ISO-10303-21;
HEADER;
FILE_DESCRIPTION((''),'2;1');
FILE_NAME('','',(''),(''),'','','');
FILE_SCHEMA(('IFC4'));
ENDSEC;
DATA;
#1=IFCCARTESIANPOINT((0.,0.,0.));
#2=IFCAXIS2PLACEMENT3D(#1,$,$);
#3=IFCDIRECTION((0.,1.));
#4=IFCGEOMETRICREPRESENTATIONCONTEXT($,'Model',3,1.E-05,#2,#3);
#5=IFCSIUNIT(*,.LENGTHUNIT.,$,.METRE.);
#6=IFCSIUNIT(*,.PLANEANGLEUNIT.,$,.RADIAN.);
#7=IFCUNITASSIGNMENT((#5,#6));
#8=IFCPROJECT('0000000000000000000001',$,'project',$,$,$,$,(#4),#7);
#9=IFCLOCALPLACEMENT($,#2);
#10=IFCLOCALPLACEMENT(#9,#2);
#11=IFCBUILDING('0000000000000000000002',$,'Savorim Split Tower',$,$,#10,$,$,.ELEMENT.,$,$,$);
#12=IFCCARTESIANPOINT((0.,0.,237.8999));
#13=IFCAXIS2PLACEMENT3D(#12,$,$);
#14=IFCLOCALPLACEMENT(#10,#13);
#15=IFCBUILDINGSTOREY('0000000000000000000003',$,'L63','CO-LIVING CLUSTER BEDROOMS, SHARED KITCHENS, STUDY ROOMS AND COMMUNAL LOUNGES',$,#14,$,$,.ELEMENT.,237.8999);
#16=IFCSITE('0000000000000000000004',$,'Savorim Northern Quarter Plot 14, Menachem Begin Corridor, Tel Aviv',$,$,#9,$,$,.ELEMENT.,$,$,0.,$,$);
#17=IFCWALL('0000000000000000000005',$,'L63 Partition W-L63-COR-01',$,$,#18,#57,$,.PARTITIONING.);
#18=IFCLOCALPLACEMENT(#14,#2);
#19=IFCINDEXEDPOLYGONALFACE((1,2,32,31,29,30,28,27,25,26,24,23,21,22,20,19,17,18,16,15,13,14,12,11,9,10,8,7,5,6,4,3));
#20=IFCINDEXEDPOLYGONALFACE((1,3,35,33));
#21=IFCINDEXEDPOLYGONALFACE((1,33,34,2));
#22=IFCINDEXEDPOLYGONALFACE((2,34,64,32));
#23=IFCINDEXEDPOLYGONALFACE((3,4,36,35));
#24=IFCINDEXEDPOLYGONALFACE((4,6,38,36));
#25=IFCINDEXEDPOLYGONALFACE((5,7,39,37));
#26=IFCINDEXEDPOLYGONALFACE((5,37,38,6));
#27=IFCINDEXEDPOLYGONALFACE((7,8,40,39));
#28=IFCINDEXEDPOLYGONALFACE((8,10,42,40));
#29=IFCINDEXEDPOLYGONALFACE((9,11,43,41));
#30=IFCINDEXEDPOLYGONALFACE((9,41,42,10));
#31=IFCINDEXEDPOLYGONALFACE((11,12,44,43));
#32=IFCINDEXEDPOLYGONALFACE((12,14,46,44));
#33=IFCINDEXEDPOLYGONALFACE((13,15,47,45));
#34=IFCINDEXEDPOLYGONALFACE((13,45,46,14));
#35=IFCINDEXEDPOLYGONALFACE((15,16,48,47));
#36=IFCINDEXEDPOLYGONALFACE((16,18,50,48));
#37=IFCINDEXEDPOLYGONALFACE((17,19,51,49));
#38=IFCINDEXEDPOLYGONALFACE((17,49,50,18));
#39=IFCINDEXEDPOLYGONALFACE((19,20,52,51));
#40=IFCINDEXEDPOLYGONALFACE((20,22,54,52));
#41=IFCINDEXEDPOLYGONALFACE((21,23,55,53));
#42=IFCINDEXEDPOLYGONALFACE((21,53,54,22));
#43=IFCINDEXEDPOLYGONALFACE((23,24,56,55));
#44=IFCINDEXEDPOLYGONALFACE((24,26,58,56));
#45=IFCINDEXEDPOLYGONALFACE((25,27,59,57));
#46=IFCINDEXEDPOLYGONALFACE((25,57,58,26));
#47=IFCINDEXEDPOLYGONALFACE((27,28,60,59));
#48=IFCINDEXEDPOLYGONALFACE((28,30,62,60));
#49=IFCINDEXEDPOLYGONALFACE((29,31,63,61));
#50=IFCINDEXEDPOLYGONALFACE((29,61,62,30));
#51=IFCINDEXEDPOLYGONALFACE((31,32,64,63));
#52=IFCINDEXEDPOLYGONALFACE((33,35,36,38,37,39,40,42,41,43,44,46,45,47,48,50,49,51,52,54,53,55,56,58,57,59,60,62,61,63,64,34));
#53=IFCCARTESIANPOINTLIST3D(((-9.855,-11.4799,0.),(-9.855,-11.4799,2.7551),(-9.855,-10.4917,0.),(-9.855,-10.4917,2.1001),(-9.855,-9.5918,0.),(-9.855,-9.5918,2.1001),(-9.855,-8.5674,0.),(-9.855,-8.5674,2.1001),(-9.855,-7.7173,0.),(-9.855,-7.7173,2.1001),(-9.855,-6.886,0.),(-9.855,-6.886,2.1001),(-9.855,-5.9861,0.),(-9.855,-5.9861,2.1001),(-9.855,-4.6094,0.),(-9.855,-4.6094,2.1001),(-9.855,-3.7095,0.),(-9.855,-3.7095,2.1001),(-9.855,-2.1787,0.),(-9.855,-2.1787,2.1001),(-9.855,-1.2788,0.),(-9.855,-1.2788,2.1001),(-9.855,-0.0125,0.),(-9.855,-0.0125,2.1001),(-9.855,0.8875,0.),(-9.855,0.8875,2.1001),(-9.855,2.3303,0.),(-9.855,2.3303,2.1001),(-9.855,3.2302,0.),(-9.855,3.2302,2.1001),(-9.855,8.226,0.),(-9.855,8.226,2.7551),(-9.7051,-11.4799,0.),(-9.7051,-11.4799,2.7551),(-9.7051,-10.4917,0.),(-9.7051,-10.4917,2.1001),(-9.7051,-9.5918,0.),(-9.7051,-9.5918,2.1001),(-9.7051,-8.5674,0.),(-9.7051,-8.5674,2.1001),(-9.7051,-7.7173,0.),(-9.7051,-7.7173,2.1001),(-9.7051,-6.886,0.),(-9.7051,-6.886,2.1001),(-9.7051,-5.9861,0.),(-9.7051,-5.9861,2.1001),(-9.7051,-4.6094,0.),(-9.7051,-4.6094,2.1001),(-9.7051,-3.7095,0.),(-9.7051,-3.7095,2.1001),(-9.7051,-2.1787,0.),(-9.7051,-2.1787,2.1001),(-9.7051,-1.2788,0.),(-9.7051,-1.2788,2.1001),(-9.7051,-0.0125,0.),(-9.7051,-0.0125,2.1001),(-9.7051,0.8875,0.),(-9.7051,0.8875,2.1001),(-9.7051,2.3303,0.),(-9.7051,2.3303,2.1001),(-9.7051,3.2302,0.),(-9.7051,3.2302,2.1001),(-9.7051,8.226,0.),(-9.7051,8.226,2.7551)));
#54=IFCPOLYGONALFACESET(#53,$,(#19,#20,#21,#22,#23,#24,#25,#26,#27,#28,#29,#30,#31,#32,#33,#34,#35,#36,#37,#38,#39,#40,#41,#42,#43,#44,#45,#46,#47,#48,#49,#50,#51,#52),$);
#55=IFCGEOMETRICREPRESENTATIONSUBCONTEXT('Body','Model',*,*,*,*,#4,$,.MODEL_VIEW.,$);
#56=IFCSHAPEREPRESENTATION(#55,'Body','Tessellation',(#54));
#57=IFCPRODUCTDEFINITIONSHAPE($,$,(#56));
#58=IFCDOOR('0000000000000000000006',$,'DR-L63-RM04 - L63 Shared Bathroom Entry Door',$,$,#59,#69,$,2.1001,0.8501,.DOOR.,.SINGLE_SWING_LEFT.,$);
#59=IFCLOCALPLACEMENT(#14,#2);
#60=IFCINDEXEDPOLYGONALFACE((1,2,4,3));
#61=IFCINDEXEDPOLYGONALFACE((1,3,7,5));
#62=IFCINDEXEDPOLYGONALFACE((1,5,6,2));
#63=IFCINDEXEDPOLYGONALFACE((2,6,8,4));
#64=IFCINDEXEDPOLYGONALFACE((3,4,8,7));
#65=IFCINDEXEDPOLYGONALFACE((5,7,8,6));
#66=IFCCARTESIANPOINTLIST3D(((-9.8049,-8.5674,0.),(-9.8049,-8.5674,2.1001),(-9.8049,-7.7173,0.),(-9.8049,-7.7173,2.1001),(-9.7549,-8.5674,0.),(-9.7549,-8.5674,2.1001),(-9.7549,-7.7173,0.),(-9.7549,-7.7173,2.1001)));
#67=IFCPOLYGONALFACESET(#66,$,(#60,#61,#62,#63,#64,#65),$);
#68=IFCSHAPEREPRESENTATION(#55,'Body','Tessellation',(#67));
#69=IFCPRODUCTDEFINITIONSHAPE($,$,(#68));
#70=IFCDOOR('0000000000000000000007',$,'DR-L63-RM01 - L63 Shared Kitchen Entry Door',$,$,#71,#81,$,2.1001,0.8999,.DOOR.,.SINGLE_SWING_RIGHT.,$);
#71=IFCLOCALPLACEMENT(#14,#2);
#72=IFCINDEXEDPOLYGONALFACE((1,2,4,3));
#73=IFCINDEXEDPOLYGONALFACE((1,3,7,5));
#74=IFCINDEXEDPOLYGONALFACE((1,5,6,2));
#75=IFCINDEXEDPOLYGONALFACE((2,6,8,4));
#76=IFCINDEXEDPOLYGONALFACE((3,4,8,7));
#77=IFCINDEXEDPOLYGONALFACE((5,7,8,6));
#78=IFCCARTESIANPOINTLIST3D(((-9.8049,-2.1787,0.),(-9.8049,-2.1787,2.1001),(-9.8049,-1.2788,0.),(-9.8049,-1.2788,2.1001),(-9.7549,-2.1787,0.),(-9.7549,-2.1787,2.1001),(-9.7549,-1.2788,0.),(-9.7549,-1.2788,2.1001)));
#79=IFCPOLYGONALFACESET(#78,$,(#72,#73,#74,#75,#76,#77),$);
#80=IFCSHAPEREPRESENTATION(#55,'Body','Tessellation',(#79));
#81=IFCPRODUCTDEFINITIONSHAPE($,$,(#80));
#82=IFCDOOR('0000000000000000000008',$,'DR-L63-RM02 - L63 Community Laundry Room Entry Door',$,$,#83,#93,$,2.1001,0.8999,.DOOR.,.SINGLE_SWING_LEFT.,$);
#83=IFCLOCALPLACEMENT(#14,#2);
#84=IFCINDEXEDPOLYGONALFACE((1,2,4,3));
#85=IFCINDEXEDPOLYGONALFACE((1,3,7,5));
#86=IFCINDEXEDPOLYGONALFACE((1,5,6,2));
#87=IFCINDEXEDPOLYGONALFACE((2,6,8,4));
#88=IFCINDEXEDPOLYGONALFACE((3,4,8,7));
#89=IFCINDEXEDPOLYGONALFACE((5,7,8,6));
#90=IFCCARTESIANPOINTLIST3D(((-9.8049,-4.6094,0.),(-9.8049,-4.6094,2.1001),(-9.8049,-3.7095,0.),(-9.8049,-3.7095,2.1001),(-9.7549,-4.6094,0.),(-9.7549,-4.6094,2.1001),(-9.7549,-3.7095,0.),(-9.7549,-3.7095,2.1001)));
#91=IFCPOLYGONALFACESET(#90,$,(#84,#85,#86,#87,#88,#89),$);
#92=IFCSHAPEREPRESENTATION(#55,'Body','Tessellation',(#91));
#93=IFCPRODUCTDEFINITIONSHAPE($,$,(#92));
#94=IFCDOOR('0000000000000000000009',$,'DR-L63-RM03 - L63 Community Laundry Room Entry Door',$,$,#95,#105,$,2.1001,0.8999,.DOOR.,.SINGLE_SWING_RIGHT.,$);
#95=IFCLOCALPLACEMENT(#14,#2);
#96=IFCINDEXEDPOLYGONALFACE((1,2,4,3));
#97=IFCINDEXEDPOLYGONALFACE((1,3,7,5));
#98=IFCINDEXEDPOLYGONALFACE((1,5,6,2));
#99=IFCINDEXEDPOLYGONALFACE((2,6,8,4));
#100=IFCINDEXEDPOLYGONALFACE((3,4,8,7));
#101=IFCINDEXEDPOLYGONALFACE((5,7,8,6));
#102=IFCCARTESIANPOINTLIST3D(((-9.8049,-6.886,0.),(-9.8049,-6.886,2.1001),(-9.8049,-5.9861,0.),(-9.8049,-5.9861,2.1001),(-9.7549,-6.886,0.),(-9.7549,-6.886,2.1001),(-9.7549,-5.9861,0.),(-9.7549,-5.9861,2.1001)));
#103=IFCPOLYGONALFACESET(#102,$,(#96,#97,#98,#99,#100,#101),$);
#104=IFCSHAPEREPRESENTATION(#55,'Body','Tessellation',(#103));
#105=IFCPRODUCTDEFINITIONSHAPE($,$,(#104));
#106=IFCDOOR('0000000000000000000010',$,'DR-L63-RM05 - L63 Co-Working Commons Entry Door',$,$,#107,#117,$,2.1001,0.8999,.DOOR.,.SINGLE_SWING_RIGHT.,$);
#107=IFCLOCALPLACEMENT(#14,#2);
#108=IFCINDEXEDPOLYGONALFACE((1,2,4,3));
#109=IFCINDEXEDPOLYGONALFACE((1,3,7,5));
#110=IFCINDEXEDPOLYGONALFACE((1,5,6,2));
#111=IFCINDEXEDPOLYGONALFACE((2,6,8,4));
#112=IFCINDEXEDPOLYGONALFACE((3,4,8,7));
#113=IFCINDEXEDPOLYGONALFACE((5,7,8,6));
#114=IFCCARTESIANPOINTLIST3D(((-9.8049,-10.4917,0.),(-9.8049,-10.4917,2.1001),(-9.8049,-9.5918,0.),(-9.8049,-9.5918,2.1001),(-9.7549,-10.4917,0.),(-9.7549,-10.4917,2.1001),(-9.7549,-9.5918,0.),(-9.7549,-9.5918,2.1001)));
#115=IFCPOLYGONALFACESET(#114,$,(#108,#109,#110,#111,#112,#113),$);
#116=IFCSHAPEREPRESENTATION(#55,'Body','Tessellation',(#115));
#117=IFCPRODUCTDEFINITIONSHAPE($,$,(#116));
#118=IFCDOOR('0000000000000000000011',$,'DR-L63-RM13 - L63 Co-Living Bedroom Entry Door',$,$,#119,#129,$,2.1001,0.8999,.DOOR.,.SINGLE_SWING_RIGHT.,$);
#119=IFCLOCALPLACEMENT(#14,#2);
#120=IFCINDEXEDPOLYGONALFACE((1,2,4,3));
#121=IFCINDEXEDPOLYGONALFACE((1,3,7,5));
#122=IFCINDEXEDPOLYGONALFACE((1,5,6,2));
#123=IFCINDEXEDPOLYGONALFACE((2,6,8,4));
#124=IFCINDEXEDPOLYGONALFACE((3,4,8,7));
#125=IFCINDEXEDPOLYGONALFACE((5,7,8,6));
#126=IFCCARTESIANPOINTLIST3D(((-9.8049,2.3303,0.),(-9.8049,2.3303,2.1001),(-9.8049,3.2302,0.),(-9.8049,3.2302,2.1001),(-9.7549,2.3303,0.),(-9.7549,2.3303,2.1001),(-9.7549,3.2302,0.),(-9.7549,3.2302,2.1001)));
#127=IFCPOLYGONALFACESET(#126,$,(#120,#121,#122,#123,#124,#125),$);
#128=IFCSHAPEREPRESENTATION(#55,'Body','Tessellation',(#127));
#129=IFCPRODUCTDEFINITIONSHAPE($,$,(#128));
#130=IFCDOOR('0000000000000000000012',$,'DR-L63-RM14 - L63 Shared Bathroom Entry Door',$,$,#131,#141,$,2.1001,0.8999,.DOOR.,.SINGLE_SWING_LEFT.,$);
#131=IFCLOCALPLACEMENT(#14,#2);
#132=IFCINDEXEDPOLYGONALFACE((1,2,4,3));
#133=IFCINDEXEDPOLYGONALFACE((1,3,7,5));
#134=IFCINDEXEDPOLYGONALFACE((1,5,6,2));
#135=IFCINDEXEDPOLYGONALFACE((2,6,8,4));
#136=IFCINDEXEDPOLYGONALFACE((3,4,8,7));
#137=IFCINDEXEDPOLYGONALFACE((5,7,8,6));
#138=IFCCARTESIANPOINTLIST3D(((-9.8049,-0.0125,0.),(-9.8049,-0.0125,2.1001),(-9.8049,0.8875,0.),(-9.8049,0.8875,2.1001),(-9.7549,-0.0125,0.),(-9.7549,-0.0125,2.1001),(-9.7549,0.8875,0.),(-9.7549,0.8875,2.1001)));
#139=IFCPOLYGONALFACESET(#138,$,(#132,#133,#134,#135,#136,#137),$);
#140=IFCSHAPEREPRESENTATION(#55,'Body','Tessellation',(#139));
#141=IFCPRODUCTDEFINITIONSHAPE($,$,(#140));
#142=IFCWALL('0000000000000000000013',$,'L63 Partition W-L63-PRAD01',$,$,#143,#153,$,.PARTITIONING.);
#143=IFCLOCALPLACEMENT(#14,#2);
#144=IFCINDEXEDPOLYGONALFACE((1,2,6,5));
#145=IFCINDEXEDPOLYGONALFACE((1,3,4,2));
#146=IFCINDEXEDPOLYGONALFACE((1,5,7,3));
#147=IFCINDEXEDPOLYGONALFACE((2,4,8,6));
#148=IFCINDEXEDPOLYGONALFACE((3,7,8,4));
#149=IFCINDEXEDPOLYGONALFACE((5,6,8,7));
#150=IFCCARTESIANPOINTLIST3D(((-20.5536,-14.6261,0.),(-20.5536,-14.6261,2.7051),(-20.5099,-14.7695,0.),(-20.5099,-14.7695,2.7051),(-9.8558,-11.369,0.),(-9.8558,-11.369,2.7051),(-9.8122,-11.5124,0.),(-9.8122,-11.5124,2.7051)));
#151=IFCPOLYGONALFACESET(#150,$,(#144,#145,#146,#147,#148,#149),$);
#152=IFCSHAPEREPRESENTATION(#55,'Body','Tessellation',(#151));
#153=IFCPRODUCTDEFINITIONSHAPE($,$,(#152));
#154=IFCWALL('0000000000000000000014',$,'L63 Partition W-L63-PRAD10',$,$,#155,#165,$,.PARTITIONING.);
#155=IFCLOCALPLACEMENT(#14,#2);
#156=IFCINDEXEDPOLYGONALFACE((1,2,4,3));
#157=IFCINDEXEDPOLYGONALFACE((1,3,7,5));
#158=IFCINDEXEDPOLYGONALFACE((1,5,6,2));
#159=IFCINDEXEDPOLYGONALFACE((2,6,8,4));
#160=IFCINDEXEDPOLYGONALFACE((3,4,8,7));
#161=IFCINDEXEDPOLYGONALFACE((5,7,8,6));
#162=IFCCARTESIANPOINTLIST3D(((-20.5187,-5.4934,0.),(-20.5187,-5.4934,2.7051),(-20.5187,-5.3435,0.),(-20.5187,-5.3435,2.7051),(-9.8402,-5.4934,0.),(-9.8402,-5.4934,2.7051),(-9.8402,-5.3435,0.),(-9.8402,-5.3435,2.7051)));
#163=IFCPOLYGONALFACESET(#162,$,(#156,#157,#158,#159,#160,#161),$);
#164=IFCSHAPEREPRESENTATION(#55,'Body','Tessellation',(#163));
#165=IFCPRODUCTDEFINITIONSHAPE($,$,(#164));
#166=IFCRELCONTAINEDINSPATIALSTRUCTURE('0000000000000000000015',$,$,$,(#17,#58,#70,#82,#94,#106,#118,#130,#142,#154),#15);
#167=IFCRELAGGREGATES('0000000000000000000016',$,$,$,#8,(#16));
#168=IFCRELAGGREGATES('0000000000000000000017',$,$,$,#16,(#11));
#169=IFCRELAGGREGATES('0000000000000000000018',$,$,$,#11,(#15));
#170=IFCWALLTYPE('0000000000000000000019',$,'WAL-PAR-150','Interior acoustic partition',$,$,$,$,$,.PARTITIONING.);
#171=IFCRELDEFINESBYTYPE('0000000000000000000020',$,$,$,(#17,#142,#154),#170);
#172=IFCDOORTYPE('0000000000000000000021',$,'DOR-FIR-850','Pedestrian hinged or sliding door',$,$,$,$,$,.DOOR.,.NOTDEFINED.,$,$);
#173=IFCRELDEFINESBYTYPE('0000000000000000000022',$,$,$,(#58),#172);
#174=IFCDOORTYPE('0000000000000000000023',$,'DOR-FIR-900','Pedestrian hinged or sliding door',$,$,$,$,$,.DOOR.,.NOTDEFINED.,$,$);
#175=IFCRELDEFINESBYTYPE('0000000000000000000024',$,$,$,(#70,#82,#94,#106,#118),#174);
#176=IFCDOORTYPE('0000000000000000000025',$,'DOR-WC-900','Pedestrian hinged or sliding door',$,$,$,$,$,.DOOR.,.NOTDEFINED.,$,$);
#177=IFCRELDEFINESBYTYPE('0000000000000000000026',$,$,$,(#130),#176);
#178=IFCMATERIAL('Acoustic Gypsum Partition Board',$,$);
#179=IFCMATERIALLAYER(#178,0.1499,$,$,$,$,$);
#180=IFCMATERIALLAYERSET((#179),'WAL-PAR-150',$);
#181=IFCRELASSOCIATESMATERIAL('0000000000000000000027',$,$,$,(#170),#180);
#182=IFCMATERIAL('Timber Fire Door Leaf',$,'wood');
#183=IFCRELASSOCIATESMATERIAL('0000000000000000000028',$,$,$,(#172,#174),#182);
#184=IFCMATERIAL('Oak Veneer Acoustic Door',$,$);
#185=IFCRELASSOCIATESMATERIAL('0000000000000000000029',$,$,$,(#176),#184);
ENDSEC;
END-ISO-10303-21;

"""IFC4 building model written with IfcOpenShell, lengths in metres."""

from ifc_helpers import new_model, si_unit, direction, frame, frame_2d, origin, place, context, subcontext, project, spatial, rectangle, extrude, material, layer, layer_set, type_object, element, fill, save


model = new_model("IFC4")

# Units and contexts
model_context = context("Model", 3, precision=1e-05, world=origin(), true_north=direction((0.0, 1.0)))
body_context = subcontext(model_context, "Body", "Model", "MODEL_VIEW")
ifc_project = project(units=[si_unit("LENGTHUNIT", "METRE"), si_unit("PLANEANGLEUNIT", "RADIAN")], contexts=[model_context])

# Site, building, storey
site_placement = place(None, origin())
site = spatial("IfcSite", under=ifc_project, at=site_placement, Name="Savorim Northern Quarter Plot 14, Menachem Begin Corridor, Tel Aviv", CompositionType="ELEMENT", RefElevation=0.0)
building_placement = place(site_placement, origin())
building = spatial("IfcBuilding", under=site, at=building_placement, Name="Savorim Split Tower", CompositionType="ELEMENT")
storey_placement = place(building_placement, frame((0.0, 0.0, 237.8999)))
storey = spatial("IfcBuildingStorey", under=building, at=storey_placement, Name="L63", Description="CO-LIVING CLUSTER BEDROOMS, SHARED KITCHENS, STUDY ROOMS AND COMMUNAL LOUNGES", CompositionType="ELEMENT", Elevation=237.8999)

# Wall, openings, doors
ifc_material_1 = material(Name="Acoustic Gypsum Partition Board")
ifc_layer = layer(ifc_material_1, 0.1499)
ifc_layer_set = layer_set([ifc_layer], Name="WAL-PAR-150")
wall_type = type_object("IfcWallType", Name="WAL-PAR-150", Description="Interior acoustic partition", PredefinedType="PARTITIONING", material=ifc_layer_set)
wall_1_placement = place(storey_placement, frame((-9.78, -11.48, 0.0), z_axis=(0.0, 0.0, 1.0), x_axis=(0.0, 1.0, 0.0)))
wall_1 = element("IfcWall", 1, at=wall_1_placement, inside=storey, type_object=wall_type, Name="L63 Partition W-L63-COR-01", PredefinedType="PARTITIONING", context=body_context, shape_type="SweptSolid", body=[
    extrude(rectangle(XDim=19.7058, YDim=0.1499, at=frame_2d((9.853, 0.0))), origin(), (0.0, 0.0, 1.0), 2.7551),
])
opening_1_placement = place(wall_1_placement, frame((9.3013, 0.0, 0.0)))
opening_1 = element("IfcOpeningElement", 2, at=opening_1_placement, cuts=wall_1, PredefinedType="OPENING", context=body_context, shape_type="SweptSolid", body=[
    extrude(rectangle(XDim=0.8999, YDim=2.1001, at=frame_2d((0.45, 1.05))), frame((0.0, 0.085, 0.0), z_axis=(0.0, -1.0, 0.0), x_axis=(1.0, 0.0, 0.0)), (0.0, 0.0, 1.0), 0.1699),
])
opening_2_placement = place(wall_1_placement, frame((6.8706, 0.0, 0.0)))
opening_2 = element("IfcOpeningElement", 3, at=opening_2_placement, cuts=wall_1, PredefinedType="OPENING", context=body_context, shape_type="SweptSolid", body=[
    extrude(rectangle(XDim=0.8999, YDim=2.1001, at=frame_2d((0.45, 1.05))), frame((0.0, 0.085, 0.0), z_axis=(0.0, -1.0, 0.0), x_axis=(1.0, 0.0, 0.0)), (0.0, 0.0, 1.0), 0.1699),
])
opening_3_placement = place(wall_1_placement, frame((4.594, 0.0, 0.0)))
opening_3 = element("IfcOpeningElement", 4, at=opening_3_placement, cuts=wall_1, PredefinedType="OPENING", context=body_context, shape_type="SweptSolid", body=[
    extrude(rectangle(XDim=0.8999, YDim=2.1001, at=frame_2d((0.45, 1.05))), frame((0.0, 0.085, 0.0), z_axis=(0.0, -1.0, 0.0), x_axis=(1.0, 0.0, 0.0)), (0.0, 0.0, 1.0), 0.1699),
])
opening_4_placement = place(wall_1_placement, frame((2.9126, 0.0, 0.0)))
opening_4 = element("IfcOpeningElement", 5, at=opening_4_placement, cuts=wall_1, PredefinedType="OPENING", context=body_context, shape_type="SweptSolid", body=[
    extrude(rectangle(XDim=0.8501, YDim=2.1001, at=frame_2d((0.425, 1.05))), frame((0.0, 0.085, 0.0), z_axis=(0.0, -1.0, 0.0), x_axis=(1.0, 0.0, 0.0)), (0.0, 0.0, 1.0), 0.1699),
])
opening_5_placement = place(wall_1_placement, frame((0.9883, 0.0, 0.0)))
opening_5 = element("IfcOpeningElement", 6, at=opening_5_placement, cuts=wall_1, PredefinedType="OPENING", context=body_context, shape_type="SweptSolid", body=[
    extrude(rectangle(XDim=0.8999, YDim=2.1001, at=frame_2d((0.45, 1.05))), frame((0.0, 0.085, 0.0), z_axis=(0.0, -1.0, 0.0), x_axis=(1.0, 0.0, 0.0)), (0.0, 0.0, 1.0), 0.1699),
])
opening_6_placement = place(wall_1_placement, frame((13.8103, 0.0, 0.0)))
opening_6 = element("IfcOpeningElement", 7, at=opening_6_placement, cuts=wall_1, PredefinedType="OPENING", context=body_context, shape_type="SweptSolid", body=[
    extrude(rectangle(XDim=0.8999, YDim=2.1001, at=frame_2d((0.45, 1.05))), frame((0.0, 0.085, 0.0), z_axis=(0.0, -1.0, 0.0), x_axis=(1.0, 0.0, 0.0)), (0.0, 0.0, 1.0), 0.1699),
])
opening_7_placement = place(wall_1_placement, frame((11.4675, 0.0, 0.0)))
opening_7 = element("IfcOpeningElement", 8, at=opening_7_placement, cuts=wall_1, PredefinedType="OPENING", context=body_context, shape_type="SweptSolid", body=[
    extrude(rectangle(XDim=0.8999, YDim=2.1001, at=frame_2d((0.45, 1.05))), frame((0.0, 0.085, 0.0), z_axis=(0.0, -1.0, 0.0), x_axis=(1.0, 0.0, 0.0)), (0.0, 0.0, 1.0), 0.1699),
])
ifc_material_2 = material(Name="Timber Fire Door Leaf", Category="wood")
door_type_1 = type_object("IfcDoorType", Name="DOR-FIR-850", Description="Pedestrian hinged or sliding door", OperationType="NOTDEFINED", PredefinedType="DOOR", material=ifc_material_2)
door_1_placement = place(opening_4_placement, origin())
door_1 = element("IfcDoor", 9, at=door_1_placement, inside=storey, type_object=door_type_1, Name="DR-L63-RM04 - L63 Shared Bathroom Entry Door", OperationType="SINGLE_SWING_LEFT", OverallHeight=2.1001, OverallWidth=0.8501, PredefinedType="DOOR", context=body_context, shape_type="SweptSolid", body=[
    extrude(rectangle(XDim=0.8501, YDim=2.1001, at=frame_2d((0.425, 1.05))), frame((0.0, 0.0249, 0.0), z_axis=(0.0, -1.0, 0.0), x_axis=(1.0, 0.0, 0.0)), (0.0, 0.0, 1.0), 0.05),
])
fill(opening_4, door_1)
door_type_2 = type_object("IfcDoorType", Name="DOR-FIR-900", Description="Pedestrian hinged or sliding door", OperationType="NOTDEFINED", PredefinedType="DOOR", material=ifc_material_2)
door_2_placement = place(opening_1_placement, origin())
door_2 = element("IfcDoor", 10, at=door_2_placement, inside=storey, type_object=door_type_2, Name="DR-L63-RM01 - L63 Shared Kitchen Entry Door", OperationType="SINGLE_SWING_RIGHT", OverallHeight=2.1001, OverallWidth=0.8999, PredefinedType="DOOR", context=body_context, shape_type="SweptSolid", body=[
    extrude(rectangle(XDim=0.8999, YDim=2.1001, at=frame_2d((0.45, 1.05))), frame((0.0, 0.0249, 0.0), z_axis=(0.0, -1.0, 0.0), x_axis=(1.0, 0.0, 0.0)), (0.0, 0.0, 1.0), 0.05),
])
fill(opening_1, door_2)
door_3_placement = place(opening_2_placement, origin())
door_3 = element("IfcDoor", 11, at=door_3_placement, inside=storey, type_object=door_type_2, Name="DR-L63-RM02 - L63 Community Laundry Room Entry Door", OperationType="SINGLE_SWING_LEFT", OverallHeight=2.1001, OverallWidth=0.8999, PredefinedType="DOOR", context=body_context, shape_type="SweptSolid", body=[
    extrude(rectangle(XDim=0.8999, YDim=2.1001, at=frame_2d((0.45, 1.05))), frame((0.0, 0.0249, 0.0), z_axis=(0.0, -1.0, 0.0), x_axis=(1.0, 0.0, 0.0)), (0.0, 0.0, 1.0), 0.05),
])
fill(opening_2, door_3)
door_4_placement = place(opening_3_placement, origin())
door_4 = element("IfcDoor", 12, at=door_4_placement, inside=storey, type_object=door_type_2, Name="DR-L63-RM03 - L63 Community Laundry Room Entry Door", OperationType="SINGLE_SWING_RIGHT", OverallHeight=2.1001, OverallWidth=0.8999, PredefinedType="DOOR", context=body_context, shape_type="SweptSolid", body=[
    extrude(rectangle(XDim=0.8999, YDim=2.1001, at=frame_2d((0.45, 1.05))), frame((0.0, 0.0249, 0.0), z_axis=(0.0, -1.0, 0.0), x_axis=(1.0, 0.0, 0.0)), (0.0, 0.0, 1.0), 0.05),
])
fill(opening_3, door_4)
door_5_placement = place(opening_5_placement, origin())
door_5 = element("IfcDoor", 13, at=door_5_placement, inside=storey, type_object=door_type_2, Name="DR-L63-RM05 - L63 Co-Working Commons Entry Door", OperationType="SINGLE_SWING_RIGHT", OverallHeight=2.1001, OverallWidth=0.8999, PredefinedType="DOOR", context=body_context, shape_type="SweptSolid", body=[
    extrude(rectangle(XDim=0.8999, YDim=2.1001, at=frame_2d((0.45, 1.05))), frame((0.0, 0.0249, 0.0), z_axis=(0.0, -1.0, 0.0), x_axis=(1.0, 0.0, 0.0)), (0.0, 0.0, 1.0), 0.05),
])
fill(opening_5, door_5)
door_6_placement = place(opening_6_placement, origin())
door_6 = element("IfcDoor", 14, at=door_6_placement, inside=storey, type_object=door_type_2, Name="DR-L63-RM13 - L63 Co-Living Bedroom Entry Door", OperationType="SINGLE_SWING_RIGHT", OverallHeight=2.1001, OverallWidth=0.8999, PredefinedType="DOOR", context=body_context, shape_type="SweptSolid", body=[
    extrude(rectangle(XDim=0.8999, YDim=2.1001, at=frame_2d((0.45, 1.05))), frame((0.0, 0.0249, 0.0), z_axis=(0.0, -1.0, 0.0), x_axis=(1.0, 0.0, 0.0)), (0.0, 0.0, 1.0), 0.05),
])
fill(opening_6, door_6)
ifc_material_3 = material(Name="Oak Veneer Acoustic Door")
door_type_3 = type_object("IfcDoorType", Name="DOR-WC-900", Description="Pedestrian hinged or sliding door", OperationType="NOTDEFINED", PredefinedType="DOOR", material=ifc_material_3)
door_7_placement = place(opening_7_placement, origin())
door_7 = element("IfcDoor", 15, at=door_7_placement, inside=storey, type_object=door_type_3, Name="DR-L63-RM14 - L63 Shared Bathroom Entry Door", OperationType="SINGLE_SWING_LEFT", OverallHeight=2.1001, OverallWidth=0.8999, PredefinedType="DOOR", context=body_context, shape_type="SweptSolid", body=[
    extrude(rectangle(XDim=0.8999, YDim=2.1001, at=frame_2d((0.45, 1.05))), frame((0.0, 0.0249, 0.0), z_axis=(0.0, -1.0, 0.0), x_axis=(1.0, 0.0, 0.0)), (0.0, 0.0, 1.0), 0.05),
])
fill(opening_7, door_7)

# Walls
wall_2_placement = place(storey_placement, frame((-9.834, -11.4407, 0.0), z_axis=(0.0, 0.0, 1.0), x_axis=(-0.956643, -0.291263, 0.0)))
element("IfcWall", 16, at=wall_2_placement, inside=storey, type_object=wall_type, Name="L63 Partition W-L63-PRAD01", PredefinedType="PARTITIONING", context=body_context, shape_type="SweptSolid", body=[
    extrude(rectangle(XDim=11.1826, YDim=0.1499, at=frame_2d((5.5913, 0.0))), origin(), (0.0, 0.0, 1.0), 2.7051),
])
wall_3_placement = place(storey_placement, frame((-9.8401, -5.4185, 0.0), z_axis=(0.0, 0.0, 1.0), x_axis=(-1.0, 0.0, 0.0)))
element("IfcWall", 17, at=wall_3_placement, inside=storey, type_object=wall_type, Name="L63 Partition W-L63-PRAD10", PredefinedType="PARTITIONING", context=body_context, shape_type="SweptSolid", body=[
    extrude(rectangle(XDim=10.6785, YDim=0.1499, at=frame_2d((5.3394, 0.0))), origin(), (0.0, 0.0, 1.0), 2.7051),
])

save(model, "model.ifc")
